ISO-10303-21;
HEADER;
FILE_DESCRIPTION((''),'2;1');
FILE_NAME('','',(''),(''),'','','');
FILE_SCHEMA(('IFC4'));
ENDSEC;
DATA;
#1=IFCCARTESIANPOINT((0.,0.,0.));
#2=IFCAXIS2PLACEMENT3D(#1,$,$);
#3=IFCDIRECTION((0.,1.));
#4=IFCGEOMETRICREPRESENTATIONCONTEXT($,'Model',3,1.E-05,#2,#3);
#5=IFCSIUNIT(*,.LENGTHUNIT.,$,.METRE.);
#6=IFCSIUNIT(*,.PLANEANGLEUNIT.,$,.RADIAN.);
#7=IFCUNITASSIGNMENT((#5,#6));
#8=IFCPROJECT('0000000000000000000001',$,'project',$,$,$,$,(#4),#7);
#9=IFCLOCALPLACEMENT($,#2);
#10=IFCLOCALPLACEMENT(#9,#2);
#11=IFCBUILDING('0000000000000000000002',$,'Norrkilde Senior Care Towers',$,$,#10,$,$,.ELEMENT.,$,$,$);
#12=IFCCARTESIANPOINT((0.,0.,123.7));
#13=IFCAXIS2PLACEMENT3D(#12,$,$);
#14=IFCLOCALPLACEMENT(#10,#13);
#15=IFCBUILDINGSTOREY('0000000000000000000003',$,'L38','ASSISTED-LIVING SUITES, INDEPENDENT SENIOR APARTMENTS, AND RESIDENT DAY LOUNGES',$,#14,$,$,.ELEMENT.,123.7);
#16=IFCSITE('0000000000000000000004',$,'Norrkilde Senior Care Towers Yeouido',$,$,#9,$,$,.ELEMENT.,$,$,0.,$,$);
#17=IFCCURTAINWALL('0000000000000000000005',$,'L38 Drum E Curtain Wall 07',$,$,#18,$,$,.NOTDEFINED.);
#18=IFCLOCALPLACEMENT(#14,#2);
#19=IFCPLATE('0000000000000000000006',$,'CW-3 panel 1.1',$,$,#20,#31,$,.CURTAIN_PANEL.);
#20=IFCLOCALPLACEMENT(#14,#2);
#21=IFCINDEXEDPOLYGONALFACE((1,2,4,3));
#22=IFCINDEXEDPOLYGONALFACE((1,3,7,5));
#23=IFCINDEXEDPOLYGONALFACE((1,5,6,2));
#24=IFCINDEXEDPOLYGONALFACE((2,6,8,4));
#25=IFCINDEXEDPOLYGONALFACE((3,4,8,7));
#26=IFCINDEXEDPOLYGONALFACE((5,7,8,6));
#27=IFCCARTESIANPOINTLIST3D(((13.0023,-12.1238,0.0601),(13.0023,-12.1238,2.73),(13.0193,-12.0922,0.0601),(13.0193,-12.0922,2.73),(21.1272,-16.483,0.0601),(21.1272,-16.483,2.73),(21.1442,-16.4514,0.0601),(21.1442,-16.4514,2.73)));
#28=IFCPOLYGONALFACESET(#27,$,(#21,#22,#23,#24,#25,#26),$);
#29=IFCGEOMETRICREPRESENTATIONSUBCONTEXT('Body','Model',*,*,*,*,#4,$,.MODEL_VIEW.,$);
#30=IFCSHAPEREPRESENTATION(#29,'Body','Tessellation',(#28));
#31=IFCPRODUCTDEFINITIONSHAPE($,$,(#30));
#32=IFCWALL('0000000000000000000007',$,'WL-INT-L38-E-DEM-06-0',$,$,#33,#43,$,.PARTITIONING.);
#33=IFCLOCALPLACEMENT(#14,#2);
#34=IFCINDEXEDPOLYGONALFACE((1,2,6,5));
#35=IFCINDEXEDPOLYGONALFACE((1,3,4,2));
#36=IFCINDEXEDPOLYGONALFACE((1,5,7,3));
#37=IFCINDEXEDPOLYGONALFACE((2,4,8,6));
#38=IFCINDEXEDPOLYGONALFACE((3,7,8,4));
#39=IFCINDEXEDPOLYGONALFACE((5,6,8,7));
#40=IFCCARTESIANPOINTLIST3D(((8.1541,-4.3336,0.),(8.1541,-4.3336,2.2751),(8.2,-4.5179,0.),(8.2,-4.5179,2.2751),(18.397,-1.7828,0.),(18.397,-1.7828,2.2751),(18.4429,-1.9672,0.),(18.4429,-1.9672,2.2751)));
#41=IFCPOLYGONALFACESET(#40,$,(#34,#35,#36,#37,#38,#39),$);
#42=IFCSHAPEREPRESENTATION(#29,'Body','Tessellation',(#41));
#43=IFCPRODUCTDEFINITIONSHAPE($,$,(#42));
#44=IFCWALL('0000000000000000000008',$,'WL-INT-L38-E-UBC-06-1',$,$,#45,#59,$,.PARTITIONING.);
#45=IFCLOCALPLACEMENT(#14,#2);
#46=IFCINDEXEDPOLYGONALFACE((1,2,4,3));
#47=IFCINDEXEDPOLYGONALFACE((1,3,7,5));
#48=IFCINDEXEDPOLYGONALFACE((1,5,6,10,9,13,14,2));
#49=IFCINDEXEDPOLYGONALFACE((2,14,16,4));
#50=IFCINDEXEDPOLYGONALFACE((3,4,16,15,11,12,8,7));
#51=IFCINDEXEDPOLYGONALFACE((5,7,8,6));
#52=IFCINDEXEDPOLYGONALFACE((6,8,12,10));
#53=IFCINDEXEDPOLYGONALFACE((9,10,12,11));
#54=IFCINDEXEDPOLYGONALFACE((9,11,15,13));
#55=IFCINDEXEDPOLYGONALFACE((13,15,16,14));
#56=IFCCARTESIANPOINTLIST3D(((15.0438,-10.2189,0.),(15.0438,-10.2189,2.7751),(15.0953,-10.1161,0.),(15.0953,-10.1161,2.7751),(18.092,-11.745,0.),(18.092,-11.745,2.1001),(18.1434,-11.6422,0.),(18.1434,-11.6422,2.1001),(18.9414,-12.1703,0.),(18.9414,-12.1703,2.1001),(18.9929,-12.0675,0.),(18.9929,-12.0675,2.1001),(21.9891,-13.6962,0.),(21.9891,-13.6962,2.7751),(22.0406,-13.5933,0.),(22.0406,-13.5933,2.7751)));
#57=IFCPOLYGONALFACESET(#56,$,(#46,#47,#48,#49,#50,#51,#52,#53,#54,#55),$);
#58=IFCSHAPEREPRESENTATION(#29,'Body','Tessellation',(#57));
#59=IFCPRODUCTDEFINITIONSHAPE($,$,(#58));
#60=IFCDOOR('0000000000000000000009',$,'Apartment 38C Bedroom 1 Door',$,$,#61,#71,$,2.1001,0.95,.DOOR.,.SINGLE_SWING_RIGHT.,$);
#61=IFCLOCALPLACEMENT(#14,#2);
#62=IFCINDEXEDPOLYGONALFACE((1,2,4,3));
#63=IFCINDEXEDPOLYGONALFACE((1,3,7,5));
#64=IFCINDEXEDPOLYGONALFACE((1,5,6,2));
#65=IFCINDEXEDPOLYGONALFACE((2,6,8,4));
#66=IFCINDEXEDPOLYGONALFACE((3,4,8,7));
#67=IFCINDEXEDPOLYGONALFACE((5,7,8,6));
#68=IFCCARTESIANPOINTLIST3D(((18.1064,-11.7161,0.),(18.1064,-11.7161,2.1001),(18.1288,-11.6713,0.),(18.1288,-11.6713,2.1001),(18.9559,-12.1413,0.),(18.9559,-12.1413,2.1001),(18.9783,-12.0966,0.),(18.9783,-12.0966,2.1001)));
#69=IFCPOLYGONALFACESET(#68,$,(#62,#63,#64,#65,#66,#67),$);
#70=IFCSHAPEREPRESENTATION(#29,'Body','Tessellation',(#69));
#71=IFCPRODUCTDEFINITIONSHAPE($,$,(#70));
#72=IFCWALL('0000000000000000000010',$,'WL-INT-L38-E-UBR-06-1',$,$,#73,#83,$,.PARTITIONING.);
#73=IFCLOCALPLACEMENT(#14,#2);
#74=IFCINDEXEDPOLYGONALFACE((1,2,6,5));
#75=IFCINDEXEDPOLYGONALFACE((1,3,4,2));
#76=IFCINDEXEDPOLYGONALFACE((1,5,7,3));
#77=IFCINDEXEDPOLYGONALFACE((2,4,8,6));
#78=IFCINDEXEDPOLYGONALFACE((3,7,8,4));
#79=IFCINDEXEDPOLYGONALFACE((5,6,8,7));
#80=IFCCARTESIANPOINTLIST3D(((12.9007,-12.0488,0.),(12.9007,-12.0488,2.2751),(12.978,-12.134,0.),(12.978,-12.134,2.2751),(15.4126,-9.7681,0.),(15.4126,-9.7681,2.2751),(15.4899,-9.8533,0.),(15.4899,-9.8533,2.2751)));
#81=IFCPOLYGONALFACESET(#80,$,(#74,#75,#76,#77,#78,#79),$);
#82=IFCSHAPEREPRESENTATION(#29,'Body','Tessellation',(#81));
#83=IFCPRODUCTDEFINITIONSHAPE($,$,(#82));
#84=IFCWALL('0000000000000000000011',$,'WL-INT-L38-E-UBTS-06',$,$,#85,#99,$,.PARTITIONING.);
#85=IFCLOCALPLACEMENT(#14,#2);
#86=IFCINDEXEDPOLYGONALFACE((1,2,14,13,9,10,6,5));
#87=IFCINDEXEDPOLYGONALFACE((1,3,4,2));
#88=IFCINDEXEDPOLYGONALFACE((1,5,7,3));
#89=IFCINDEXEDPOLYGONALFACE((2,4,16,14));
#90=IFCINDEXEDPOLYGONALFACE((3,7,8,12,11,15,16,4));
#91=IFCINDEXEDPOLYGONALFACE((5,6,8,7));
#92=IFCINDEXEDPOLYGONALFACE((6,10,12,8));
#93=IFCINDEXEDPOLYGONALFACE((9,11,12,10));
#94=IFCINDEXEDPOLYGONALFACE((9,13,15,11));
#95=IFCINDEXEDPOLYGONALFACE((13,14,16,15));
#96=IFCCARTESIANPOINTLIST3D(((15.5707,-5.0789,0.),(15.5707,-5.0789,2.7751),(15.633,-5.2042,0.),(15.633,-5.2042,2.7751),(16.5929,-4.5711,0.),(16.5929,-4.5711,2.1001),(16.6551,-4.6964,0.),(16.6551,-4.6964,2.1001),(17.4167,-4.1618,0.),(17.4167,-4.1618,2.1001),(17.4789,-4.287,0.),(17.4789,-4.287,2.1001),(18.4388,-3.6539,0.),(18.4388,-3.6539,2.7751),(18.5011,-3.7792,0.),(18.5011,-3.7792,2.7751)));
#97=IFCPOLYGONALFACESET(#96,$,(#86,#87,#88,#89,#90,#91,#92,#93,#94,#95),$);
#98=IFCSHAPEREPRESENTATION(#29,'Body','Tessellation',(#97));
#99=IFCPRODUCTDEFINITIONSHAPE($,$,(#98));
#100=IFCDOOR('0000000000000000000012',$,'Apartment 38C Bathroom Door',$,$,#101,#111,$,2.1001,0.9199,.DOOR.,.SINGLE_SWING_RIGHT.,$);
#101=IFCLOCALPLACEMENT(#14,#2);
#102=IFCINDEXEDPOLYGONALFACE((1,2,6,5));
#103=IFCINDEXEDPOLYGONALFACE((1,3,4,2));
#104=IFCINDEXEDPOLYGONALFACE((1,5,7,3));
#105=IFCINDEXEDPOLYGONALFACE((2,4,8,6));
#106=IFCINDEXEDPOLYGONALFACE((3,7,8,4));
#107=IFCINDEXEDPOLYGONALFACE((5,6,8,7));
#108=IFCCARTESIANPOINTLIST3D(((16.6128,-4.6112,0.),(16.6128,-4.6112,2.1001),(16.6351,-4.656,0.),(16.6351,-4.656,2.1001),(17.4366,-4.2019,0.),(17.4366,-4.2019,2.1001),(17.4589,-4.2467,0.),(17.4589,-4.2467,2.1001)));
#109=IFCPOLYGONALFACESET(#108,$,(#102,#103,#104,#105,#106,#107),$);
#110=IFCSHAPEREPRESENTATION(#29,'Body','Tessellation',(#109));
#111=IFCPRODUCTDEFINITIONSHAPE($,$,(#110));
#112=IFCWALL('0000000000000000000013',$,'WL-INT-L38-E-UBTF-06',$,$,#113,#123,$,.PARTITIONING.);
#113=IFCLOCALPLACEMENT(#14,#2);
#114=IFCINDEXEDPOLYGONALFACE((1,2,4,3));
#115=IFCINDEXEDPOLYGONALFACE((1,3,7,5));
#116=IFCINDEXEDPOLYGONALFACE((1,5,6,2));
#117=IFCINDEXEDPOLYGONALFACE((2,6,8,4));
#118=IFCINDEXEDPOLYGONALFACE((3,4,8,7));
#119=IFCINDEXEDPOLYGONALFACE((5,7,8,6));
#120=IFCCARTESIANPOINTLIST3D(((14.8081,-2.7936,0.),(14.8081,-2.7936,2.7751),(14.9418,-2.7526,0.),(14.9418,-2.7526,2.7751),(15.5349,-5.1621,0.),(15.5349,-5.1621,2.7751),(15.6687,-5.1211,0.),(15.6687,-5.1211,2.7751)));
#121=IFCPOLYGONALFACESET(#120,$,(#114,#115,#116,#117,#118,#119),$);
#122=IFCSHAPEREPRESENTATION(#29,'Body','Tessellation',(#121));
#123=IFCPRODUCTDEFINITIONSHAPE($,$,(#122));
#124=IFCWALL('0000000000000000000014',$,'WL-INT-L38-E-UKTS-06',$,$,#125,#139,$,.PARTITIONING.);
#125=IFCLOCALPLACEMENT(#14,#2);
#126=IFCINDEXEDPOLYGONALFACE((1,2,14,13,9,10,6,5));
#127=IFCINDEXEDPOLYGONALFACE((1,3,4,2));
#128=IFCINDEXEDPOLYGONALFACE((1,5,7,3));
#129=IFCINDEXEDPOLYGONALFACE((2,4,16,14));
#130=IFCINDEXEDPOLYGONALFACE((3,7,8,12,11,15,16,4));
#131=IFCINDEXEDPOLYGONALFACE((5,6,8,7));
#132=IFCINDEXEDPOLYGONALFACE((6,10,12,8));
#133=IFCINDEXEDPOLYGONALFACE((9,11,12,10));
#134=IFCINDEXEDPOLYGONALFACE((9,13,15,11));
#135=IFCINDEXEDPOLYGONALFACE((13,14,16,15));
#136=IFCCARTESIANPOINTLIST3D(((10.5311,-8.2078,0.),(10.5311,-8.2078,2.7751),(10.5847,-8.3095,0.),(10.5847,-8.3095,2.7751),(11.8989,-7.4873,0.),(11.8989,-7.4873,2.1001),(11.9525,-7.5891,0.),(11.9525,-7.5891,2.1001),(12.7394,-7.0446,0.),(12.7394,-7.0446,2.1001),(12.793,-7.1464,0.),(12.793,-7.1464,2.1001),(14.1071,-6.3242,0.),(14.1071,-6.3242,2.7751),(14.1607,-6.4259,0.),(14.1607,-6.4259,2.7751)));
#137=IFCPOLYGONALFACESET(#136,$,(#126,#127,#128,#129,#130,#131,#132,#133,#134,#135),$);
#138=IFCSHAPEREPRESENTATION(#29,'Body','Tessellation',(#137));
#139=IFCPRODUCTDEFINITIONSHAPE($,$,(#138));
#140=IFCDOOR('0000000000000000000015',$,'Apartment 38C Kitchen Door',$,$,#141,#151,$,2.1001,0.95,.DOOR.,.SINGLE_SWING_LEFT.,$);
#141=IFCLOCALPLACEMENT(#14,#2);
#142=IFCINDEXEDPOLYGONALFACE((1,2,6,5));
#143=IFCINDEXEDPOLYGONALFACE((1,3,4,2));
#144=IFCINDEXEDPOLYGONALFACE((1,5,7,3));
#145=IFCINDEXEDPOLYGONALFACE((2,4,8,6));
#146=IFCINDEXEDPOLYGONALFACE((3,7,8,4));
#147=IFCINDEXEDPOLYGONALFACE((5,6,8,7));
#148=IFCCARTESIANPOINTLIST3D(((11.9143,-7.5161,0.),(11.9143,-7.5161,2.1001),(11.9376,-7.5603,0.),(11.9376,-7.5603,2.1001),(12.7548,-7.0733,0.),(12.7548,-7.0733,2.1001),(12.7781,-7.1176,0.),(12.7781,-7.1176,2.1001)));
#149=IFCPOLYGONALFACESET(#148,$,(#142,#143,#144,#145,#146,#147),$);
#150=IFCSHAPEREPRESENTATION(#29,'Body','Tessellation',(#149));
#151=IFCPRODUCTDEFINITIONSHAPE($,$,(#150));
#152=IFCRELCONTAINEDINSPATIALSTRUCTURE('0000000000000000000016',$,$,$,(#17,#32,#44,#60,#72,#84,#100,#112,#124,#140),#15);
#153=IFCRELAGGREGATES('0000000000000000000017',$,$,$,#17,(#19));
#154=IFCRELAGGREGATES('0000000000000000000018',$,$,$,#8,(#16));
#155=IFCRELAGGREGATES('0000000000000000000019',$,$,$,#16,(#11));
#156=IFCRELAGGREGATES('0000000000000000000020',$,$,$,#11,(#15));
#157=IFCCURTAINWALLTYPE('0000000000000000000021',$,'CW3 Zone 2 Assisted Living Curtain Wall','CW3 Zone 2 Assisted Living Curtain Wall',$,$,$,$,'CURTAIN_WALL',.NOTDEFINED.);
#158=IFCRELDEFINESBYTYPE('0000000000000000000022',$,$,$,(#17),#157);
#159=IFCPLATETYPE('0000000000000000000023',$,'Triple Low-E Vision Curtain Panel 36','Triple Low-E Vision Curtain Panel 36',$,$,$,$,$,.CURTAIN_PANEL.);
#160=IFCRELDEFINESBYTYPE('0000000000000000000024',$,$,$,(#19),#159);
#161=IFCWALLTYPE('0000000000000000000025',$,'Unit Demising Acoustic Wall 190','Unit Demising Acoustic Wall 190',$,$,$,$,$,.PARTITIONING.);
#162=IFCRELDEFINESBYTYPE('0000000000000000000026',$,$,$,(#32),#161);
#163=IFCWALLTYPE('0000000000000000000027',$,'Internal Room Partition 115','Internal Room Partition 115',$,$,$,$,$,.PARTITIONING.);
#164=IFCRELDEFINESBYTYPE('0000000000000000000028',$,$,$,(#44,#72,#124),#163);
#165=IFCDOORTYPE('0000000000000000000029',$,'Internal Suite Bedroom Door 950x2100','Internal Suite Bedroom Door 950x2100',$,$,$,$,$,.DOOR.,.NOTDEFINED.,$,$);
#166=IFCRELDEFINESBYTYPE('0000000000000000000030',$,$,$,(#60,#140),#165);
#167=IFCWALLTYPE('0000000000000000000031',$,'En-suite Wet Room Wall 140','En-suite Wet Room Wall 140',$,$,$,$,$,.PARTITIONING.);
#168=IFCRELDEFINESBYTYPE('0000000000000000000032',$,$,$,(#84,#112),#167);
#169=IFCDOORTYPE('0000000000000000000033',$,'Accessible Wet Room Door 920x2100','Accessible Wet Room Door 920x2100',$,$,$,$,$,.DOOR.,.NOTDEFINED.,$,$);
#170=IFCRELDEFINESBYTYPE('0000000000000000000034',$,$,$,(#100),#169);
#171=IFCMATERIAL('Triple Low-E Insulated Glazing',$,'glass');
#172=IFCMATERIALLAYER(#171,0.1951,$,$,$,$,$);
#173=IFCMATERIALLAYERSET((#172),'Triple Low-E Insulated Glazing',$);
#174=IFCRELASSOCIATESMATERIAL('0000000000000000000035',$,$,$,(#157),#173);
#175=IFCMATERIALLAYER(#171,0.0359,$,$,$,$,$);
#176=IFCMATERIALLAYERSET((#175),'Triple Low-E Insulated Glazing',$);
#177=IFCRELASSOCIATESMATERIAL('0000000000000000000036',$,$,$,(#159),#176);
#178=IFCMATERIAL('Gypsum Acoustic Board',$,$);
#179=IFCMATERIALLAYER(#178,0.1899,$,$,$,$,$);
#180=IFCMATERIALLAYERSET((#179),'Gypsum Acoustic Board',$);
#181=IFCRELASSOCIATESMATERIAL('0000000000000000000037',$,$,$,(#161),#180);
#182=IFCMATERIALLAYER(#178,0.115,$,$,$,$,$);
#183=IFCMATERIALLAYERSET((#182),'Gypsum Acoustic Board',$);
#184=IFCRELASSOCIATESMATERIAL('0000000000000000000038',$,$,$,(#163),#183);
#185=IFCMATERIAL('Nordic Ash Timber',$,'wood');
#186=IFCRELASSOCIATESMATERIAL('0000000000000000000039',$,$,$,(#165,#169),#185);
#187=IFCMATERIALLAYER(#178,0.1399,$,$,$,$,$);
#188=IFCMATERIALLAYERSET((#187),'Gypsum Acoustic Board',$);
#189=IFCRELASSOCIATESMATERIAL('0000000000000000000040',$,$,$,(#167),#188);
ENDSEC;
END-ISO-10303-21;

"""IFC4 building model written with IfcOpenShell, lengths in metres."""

from ifc_helpers import new_model, si_unit, direction, frame, frame_2d, origin, origin_2d, place, context, subcontext, project, spatial, rectangle, extrude, source, transform, mapped, material, layer, layer_set, type_object, type_shapes, element, fill, aggregate, save


model = new_model("IFC4")

# Units and contexts
model_context = context("Model", 3, precision=1e-05, world=origin(), true_north=direction((0.0, 1.0)))
body_context = subcontext(model_context, "Body", "Model", "MODEL_VIEW")
ifc_project = project(units=[si_unit("LENGTHUNIT", "METRE"), si_unit("PLANEANGLEUNIT", "RADIAN")], contexts=[model_context])

# Site, building, storey
site_placement = place(None, origin())
site = spatial("IfcSite", under=ifc_project, at=site_placement, Name="Norrkilde Senior Care Towers Yeouido", CompositionType="ELEMENT", RefElevation=0.0)
building_placement = place(site_placement, origin())
building = spatial("IfcBuilding", under=site, at=building_placement, Name="Norrkilde Senior Care Towers", CompositionType="ELEMENT")
storey_placement = place(building_placement, frame((0.0, 0.0, 123.7)))
storey = spatial("IfcBuildingStorey", under=building, at=storey_placement, Name="L38", Description="ASSISTED-LIVING SUITES, INDEPENDENT SENIOR APARTMENTS, AND RESIDENT DAY LOUNGES", CompositionType="ELEMENT", Elevation=123.7)

# Shared definitions
ifc_material_1 = material(Name="Triple Low-E Insulated Glazing", Category="glass")
ifc_layer_1 = layer(ifc_material_1, 0.1951)
ifc_layer_set_1 = layer_set([ifc_layer_1], Name="Triple Low-E Insulated Glazing")
curtain_wall_type = type_object("IfcCurtainWallType", Name="CW3 Zone 2 Assisted Living Curtain Wall", Description="CW3 Zone 2 Assisted Living Curtain Wall", ElementType="CURTAIN_WALL", PredefinedType="NOTDEFINED", material=ifc_layer_set_1)

# Curtain wall
curtain_wall_1_placement = place(storey_placement, origin())
curtain_wall_1 = element("IfcCurtainWall", 1, at=curtain_wall_1_placement, inside=storey, type_object=curtain_wall_type, Name="L38 Drum E Curtain Wall 07", PredefinedType="NOTDEFINED")

# Plate
ifc_layer_2 = layer(ifc_material_1, 0.0359)
ifc_layer_set_2 = layer_set([ifc_layer_2], Name="Triple Low-E Insulated Glazing")
plate_type = type_object("IfcPlateType", Name="Triple Low-E Vision Curtain Panel 36", Description="Triple Low-E Vision Curtain Panel 36", PredefinedType="CURTAIN_PANEL", material=ifc_layer_set_2)
shared_shape_1 = source(origin(), body_context, "Body", "SweptSolid", [
    extrude(rectangle(XDim=9.2205, YDim=0.0359, at=origin_2d()), origin(), (0.0, 0.0, 1.0), 2.6699),
])
plate_1_placement = place(storey_placement, frame((17.0732, -14.2876, 0.0601), z_axis=(0.0, 0.0, 1.0), x_axis=(-0.881186, 0.472769, 0.0)))
plate_1 = element("IfcPlate", 2, at=plate_1_placement, type_object=plate_type, Name="CW-3 panel 1.1", PredefinedType="CURTAIN_PANEL", context=body_context, shape_type="MappedRepresentation", body=[
    mapped(shared_shape_1, transform((0.0, 0.0, 0.0), x_axis=(1.0, 0.0, 0.0), y_axis=(0.0, 1.0, 0.0), z_axis=(0.0, 0.0, 1.0), scale=1.0)),
])
aggregate(curtain_wall_1, [plate_1])

# Wall
ifc_material_2 = material(Name="Gypsum Acoustic Board")
ifc_layer_3 = layer(ifc_material_2, 0.1899)
ifc_layer_set_3 = layer_set([ifc_layer_3], Name="Gypsum Acoustic Board")
wall_type_1 = type_object("IfcWallType", Name="Unit Demising Acoustic Wall 190", Description="Unit Demising Acoustic Wall 190", PredefinedType="PARTITIONING", material=ifc_layer_set_3)
shared_shape_2 = source(origin(), body_context, "Body", "SweptSolid", [
    extrude(rectangle(XDim=10.5557, YDim=0.1899, at=frame_2d((5.2778, 0.0))), origin(), (0.0, 0.0, 1.0), 2.2751),
])
type_shapes(wall_type_1, [shared_shape_2])
wall_1_placement = place(storey_placement, frame((18.4199, -1.875, 0.0), z_axis=(0.0, 0.0, 1.0), x_axis=(-0.970364, -0.241648, 0.0)))
element("IfcWall", 3, at=wall_1_placement, inside=storey, type_object=wall_type_1, Name="WL-INT-L38-E-DEM-06-0", PredefinedType="PARTITIONING", context=body_context, shape_type="MappedRepresentation", body=[
    mapped(shared_shape_2, transform((0.0, 0.0, 0.0), x_axis=(1.0, 0.0, 0.0), y_axis=(0.0, 1.0, 0.0), z_axis=(0.0, 0.0, 1.0), scale=1.0)),
])

# Wall, opening, door
ifc_layer_4 = layer(ifc_material_2, 0.115)
ifc_layer_set_4 = layer_set([ifc_layer_4], Name="Gypsum Acoustic Board")
wall_type_2 = type_object("IfcWallType", Name="Internal Room Partition 115", Description="Internal Room Partition 115", PredefinedType="PARTITIONING", material=ifc_layer_set_4)
shared_shape_3 = source(origin(), body_context, "Body", "SweptSolid", [
    extrude(rectangle(XDim=7.7671, YDim=0.115, at=frame_2d((3.8835, 0.0))), origin(), (0.0, 0.0, 1.0), 2.7751),
])
wall_2_placement = place(storey_placement, frame((15.0696, -10.1675, 0.0), z_axis=(0.0, 0.0, 1.0), x_axis=(0.894188, -0.447691, 0.0)))
wall_2 = element("IfcWall", 4, at=wall_2_placement, inside=storey, type_object=wall_type_2, Name="WL-INT-L38-E-UBC-06-1", PredefinedType="PARTITIONING", context=body_context, shape_type="MappedRepresentation", body=[
    mapped(shared_shape_3, transform((0.0, 0.0, 0.0), x_axis=(1.0, 0.0, 0.0), y_axis=(0.0, 1.0, 0.0), z_axis=(0.0, 0.0, 1.0), scale=1.0)),
])
opening_1_placement = place(wall_2_placement, frame((3.4087, 0.0, 0.0)))
opening_1 = element("IfcOpeningElement", 5, at=opening_1_placement, cuts=wall_2, PredefinedType="OPENING", context=body_context, shape_type="SweptSolid", body=[
    extrude(rectangle(XDim=0.95, YDim=2.1001, at=frame_2d((0.4751, 1.05))), frame((0.0, 0.0674, 0.0), z_axis=(0.0, -1.0, 0.0), x_axis=(1.0, 0.0, 0.0)), (0.0, 0.0, 1.0), 0.135),
])
ifc_material_3 = material(Name="Nordic Ash Timber", Category="wood")
door_type_1 = type_object("IfcDoorType", Name="Internal Suite Bedroom Door 950x2100", Description="Internal Suite Bedroom Door 950x2100", OperationType="NOTDEFINED", PredefinedType="DOOR", material=ifc_material_3)
shared_shape_4 = source(origin(), body_context, "Body", "SweptSolid", [
    extrude(rectangle(XDim=0.95, YDim=2.1001, at=frame_2d((0.4751, 1.05))), frame((0.0, 0.0249, 0.0), z_axis=(0.0, -1.0, 0.0), x_axis=(1.0, 0.0, 0.0)), (0.0, 0.0, 1.0), 0.05),
])
type_shapes(door_type_1, [shared_shape_4])
door_1_placement = place(opening_1_placement, origin())
door_1 = element("IfcDoor", 6, at=door_1_placement, inside=storey, type_object=door_type_1, Name="Apartment 38C Bedroom 1 Door", OperationType="SINGLE_SWING_RIGHT", OverallHeight=2.1001, OverallWidth=0.95, PredefinedType="DOOR", context=body_context, shape_type="MappedRepresentation", body=[
    mapped(shared_shape_4, transform((0.0, 0.0, 0.0), x_axis=(1.0, 0.0, 0.0), y_axis=(0.0, 1.0, 0.0), z_axis=(0.0, 0.0, 1.0), scale=1.0)),
])
fill(opening_1, door_1)

# Wall
shared_shape_5 = source(origin(), body_context, "Body", "SweptSolid", [
    extrude(rectangle(XDim=3.3928, YDim=0.115, at=frame_2d((1.6963, 0.0))), origin(), (0.0, 0.0, 1.0), 2.2751),
])
wall_3_placement = place(storey_placement, frame((15.4512, -9.8108, 0.0), z_axis=(0.0, 0.0, 1.0), x_axis=(-0.740357, -0.672214, 0.0)))
element("IfcWall", 7, at=wall_3_placement, inside=storey, type_object=wall_type_2, Name="WL-INT-L38-E-UBR-06-1", PredefinedType="PARTITIONING", context=body_context, shape_type="MappedRepresentation", body=[
    mapped(shared_shape_5, transform((0.0, 0.0, 0.0), x_axis=(1.0, 0.0, 0.0), y_axis=(0.0, 1.0, 0.0), z_axis=(0.0, 0.0, 1.0), scale=1.0)),
])

# Wall, opening, door
ifc_layer_5 = layer(ifc_material_2, 0.1399)
ifc_layer_set_5 = layer_set([ifc_layer_5], Name="Gypsum Acoustic Board")
wall_type_3 = type_object("IfcWallType", Name="En-suite Wet Room Wall 140", Description="En-suite Wet Room Wall 140", PredefinedType="PARTITIONING", material=ifc_layer_set_5)
shared_shape_6 = source(origin(), body_context, "Body", "SweptSolid", [
    extrude(rectangle(XDim=3.2026, YDim=0.1399, at=frame_2d((1.6013, 0.0))), origin(), (0.0, 0.0, 1.0), 2.7751),
])
wall_4_placement = place(storey_placement, frame((18.47, -3.7166, 0.0), z_axis=(0.0, 0.0, 1.0), x_axis=(-0.895553, -0.444956, 0.0)))
wall_4 = element("IfcWall", 8, at=wall_4_placement, inside=storey, type_object=wall_type_3, Name="WL-INT-L38-E-UBTS-06", PredefinedType="PARTITIONING", context=body_context, shape_type="MappedRepresentation", body=[
    mapped(shared_shape_6, transform((0.0, 0.0, 0.0), x_axis=(1.0, 0.0, 0.0), y_axis=(0.0, 1.0, 0.0), z_axis=(0.0, 0.0, 1.0), scale=1.0)),
])
opening_2_placement = place(wall_4_placement, frame((1.1414, 0.0, 0.0)))
opening_2 = element("IfcOpeningElement", 9, at=opening_2_placement, cuts=wall_4, PredefinedType="OPENING", context=body_context, shape_type="SweptSolid", body=[
    extrude(rectangle(XDim=0.9199, YDim=2.1001, at=frame_2d((0.46, 1.05))), frame((0.0, 0.0798, 0.0), z_axis=(0.0, -1.0, 0.0), x_axis=(1.0, 0.0, 0.0)), (0.0, 0.0, 1.0), 0.1599),
])
door_type_2 = type_object("IfcDoorType", Name="Accessible Wet Room Door 920x2100", Description="Accessible Wet Room Door 920x2100", OperationType="NOTDEFINED", PredefinedType="DOOR", material=ifc_material_3)
shared_shape_7 = source(origin(), body_context, "Body", "SweptSolid", [
    extrude(rectangle(XDim=0.9199, YDim=2.1001, at=frame_2d((0.46, 1.05))), frame((0.0, 0.0249, 0.0), z_axis=(0.0, -1.0, 0.0), x_axis=(1.0, 0.0, 0.0)), (0.0, 0.0, 1.0), 0.05),
])
type_shapes(door_type_2, [shared_shape_7])
door_2_placement = place(opening_2_placement, origin())
door_2 = element("IfcDoor", 10, at=door_2_placement, inside=storey, type_object=door_type_2, Name="Apartment 38C Bathroom Door", OperationType="SINGLE_SWING_RIGHT", OverallHeight=2.1001, OverallWidth=0.9199, PredefinedType="DOOR", context=body_context, shape_type="MappedRepresentation", body=[
    mapped(shared_shape_7, transform((0.0, 0.0, 0.0), x_axis=(1.0, 0.0, 0.0), y_axis=(0.0, 1.0, 0.0), z_axis=(0.0, 0.0, 1.0), scale=1.0)),
])
fill(opening_2, door_2)

# Wall
shared_shape_8 = source(origin(), body_context, "Body", "SweptSolid", [
    extrude(rectangle(XDim=2.4775, YDim=0.1399, at=frame_2d((1.2388, 0.0))), origin(), (0.0, 0.0, 1.0), 2.7751),
])
type_shapes(wall_type_3, [shared_shape_6, shared_shape_8])
wall_5_placement = place(storey_placement, frame((15.6018, -5.1416, 0.0), z_axis=(0.0, 0.0, 1.0), x_axis=(-0.293373, 0.955998, 0.0)))
element("IfcWall", 11, at=wall_5_placement, inside=storey, type_object=wall_type_3, Name="WL-INT-L38-E-UBTF-06", PredefinedType="PARTITIONING", context=body_context, shape_type="MappedRepresentation", body=[
    mapped(shared_shape_8, transform((0.0, 0.0, 0.0), x_axis=(1.0, 0.0, 0.0), y_axis=(0.0, 1.0, 0.0), z_axis=(0.0, 0.0, 1.0), scale=1.0)),
])

# Wall, opening, door
shared_shape_9 = source(origin(), body_context, "Body", "SweptSolid", [
    extrude(rectangle(XDim=4.0417, YDim=0.115, at=frame_2d((2.021, 0.0))), origin(), (0.0, 0.0, 1.0), 2.7751),
])
wall_6_placement = place(storey_placement, frame((14.134, -6.375, 0.0), z_axis=(0.0, 0.0, 1.0), x_axis=(-0.884767, -0.466033, 0.0)))
wall_6 = element("IfcWall", 12, at=wall_6_placement, inside=storey, type_object=wall_type_2, Name="WL-INT-L38-E-UKTS-06", PredefinedType="PARTITIONING", context=body_context, shape_type="MappedRepresentation", body=[
    mapped(shared_shape_9, transform((0.0, 0.0, 0.0), x_axis=(1.0, 0.0, 0.0), y_axis=(0.0, 1.0, 0.0), z_axis=(0.0, 0.0, 1.0), scale=1.0)),
])
opening_3_placement = place(wall_6_placement, frame((1.5459, 0.0, 0.0)))
opening_3 = element("IfcOpeningElement", 13, at=opening_3_placement, cuts=wall_6, PredefinedType="OPENING", context=body_context, shape_type="SweptSolid", body=[
    extrude(rectangle(XDim=0.95, YDim=2.1001, at=frame_2d((0.4751, 1.05))), frame((0.0, 0.0674, 0.0), z_axis=(0.0, -1.0, 0.0), x_axis=(1.0, 0.0, 0.0)), (0.0, 0.0, 1.0), 0.135),
])
door_3_placement = place(opening_3_placement, frame((0.95, 0.0, 0.0), z_axis=(0.0, 0.0, 1.0), x_axis=(-1.0, 0.0, 0.0)))
door_3 = element("IfcDoor", 14, at=door_3_placement, inside=storey, type_object=door_type_1, Name="Apartment 38C Kitchen Door", OperationType="SINGLE_SWING_LEFT", OverallHeight=2.1001, OverallWidth=0.95, PredefinedType="DOOR", context=body_context, shape_type="MappedRepresentation", body=[
    mapped(shared_shape_4, transform((0.0, 0.0, 0.0), x_axis=(1.0, 0.0, 0.0), y_axis=(0.0, 1.0, 0.0), z_axis=(0.0, 0.0, 1.0), scale=1.0)),
])
fill(opening_3, door_3)

save(model, "model.ifc")
